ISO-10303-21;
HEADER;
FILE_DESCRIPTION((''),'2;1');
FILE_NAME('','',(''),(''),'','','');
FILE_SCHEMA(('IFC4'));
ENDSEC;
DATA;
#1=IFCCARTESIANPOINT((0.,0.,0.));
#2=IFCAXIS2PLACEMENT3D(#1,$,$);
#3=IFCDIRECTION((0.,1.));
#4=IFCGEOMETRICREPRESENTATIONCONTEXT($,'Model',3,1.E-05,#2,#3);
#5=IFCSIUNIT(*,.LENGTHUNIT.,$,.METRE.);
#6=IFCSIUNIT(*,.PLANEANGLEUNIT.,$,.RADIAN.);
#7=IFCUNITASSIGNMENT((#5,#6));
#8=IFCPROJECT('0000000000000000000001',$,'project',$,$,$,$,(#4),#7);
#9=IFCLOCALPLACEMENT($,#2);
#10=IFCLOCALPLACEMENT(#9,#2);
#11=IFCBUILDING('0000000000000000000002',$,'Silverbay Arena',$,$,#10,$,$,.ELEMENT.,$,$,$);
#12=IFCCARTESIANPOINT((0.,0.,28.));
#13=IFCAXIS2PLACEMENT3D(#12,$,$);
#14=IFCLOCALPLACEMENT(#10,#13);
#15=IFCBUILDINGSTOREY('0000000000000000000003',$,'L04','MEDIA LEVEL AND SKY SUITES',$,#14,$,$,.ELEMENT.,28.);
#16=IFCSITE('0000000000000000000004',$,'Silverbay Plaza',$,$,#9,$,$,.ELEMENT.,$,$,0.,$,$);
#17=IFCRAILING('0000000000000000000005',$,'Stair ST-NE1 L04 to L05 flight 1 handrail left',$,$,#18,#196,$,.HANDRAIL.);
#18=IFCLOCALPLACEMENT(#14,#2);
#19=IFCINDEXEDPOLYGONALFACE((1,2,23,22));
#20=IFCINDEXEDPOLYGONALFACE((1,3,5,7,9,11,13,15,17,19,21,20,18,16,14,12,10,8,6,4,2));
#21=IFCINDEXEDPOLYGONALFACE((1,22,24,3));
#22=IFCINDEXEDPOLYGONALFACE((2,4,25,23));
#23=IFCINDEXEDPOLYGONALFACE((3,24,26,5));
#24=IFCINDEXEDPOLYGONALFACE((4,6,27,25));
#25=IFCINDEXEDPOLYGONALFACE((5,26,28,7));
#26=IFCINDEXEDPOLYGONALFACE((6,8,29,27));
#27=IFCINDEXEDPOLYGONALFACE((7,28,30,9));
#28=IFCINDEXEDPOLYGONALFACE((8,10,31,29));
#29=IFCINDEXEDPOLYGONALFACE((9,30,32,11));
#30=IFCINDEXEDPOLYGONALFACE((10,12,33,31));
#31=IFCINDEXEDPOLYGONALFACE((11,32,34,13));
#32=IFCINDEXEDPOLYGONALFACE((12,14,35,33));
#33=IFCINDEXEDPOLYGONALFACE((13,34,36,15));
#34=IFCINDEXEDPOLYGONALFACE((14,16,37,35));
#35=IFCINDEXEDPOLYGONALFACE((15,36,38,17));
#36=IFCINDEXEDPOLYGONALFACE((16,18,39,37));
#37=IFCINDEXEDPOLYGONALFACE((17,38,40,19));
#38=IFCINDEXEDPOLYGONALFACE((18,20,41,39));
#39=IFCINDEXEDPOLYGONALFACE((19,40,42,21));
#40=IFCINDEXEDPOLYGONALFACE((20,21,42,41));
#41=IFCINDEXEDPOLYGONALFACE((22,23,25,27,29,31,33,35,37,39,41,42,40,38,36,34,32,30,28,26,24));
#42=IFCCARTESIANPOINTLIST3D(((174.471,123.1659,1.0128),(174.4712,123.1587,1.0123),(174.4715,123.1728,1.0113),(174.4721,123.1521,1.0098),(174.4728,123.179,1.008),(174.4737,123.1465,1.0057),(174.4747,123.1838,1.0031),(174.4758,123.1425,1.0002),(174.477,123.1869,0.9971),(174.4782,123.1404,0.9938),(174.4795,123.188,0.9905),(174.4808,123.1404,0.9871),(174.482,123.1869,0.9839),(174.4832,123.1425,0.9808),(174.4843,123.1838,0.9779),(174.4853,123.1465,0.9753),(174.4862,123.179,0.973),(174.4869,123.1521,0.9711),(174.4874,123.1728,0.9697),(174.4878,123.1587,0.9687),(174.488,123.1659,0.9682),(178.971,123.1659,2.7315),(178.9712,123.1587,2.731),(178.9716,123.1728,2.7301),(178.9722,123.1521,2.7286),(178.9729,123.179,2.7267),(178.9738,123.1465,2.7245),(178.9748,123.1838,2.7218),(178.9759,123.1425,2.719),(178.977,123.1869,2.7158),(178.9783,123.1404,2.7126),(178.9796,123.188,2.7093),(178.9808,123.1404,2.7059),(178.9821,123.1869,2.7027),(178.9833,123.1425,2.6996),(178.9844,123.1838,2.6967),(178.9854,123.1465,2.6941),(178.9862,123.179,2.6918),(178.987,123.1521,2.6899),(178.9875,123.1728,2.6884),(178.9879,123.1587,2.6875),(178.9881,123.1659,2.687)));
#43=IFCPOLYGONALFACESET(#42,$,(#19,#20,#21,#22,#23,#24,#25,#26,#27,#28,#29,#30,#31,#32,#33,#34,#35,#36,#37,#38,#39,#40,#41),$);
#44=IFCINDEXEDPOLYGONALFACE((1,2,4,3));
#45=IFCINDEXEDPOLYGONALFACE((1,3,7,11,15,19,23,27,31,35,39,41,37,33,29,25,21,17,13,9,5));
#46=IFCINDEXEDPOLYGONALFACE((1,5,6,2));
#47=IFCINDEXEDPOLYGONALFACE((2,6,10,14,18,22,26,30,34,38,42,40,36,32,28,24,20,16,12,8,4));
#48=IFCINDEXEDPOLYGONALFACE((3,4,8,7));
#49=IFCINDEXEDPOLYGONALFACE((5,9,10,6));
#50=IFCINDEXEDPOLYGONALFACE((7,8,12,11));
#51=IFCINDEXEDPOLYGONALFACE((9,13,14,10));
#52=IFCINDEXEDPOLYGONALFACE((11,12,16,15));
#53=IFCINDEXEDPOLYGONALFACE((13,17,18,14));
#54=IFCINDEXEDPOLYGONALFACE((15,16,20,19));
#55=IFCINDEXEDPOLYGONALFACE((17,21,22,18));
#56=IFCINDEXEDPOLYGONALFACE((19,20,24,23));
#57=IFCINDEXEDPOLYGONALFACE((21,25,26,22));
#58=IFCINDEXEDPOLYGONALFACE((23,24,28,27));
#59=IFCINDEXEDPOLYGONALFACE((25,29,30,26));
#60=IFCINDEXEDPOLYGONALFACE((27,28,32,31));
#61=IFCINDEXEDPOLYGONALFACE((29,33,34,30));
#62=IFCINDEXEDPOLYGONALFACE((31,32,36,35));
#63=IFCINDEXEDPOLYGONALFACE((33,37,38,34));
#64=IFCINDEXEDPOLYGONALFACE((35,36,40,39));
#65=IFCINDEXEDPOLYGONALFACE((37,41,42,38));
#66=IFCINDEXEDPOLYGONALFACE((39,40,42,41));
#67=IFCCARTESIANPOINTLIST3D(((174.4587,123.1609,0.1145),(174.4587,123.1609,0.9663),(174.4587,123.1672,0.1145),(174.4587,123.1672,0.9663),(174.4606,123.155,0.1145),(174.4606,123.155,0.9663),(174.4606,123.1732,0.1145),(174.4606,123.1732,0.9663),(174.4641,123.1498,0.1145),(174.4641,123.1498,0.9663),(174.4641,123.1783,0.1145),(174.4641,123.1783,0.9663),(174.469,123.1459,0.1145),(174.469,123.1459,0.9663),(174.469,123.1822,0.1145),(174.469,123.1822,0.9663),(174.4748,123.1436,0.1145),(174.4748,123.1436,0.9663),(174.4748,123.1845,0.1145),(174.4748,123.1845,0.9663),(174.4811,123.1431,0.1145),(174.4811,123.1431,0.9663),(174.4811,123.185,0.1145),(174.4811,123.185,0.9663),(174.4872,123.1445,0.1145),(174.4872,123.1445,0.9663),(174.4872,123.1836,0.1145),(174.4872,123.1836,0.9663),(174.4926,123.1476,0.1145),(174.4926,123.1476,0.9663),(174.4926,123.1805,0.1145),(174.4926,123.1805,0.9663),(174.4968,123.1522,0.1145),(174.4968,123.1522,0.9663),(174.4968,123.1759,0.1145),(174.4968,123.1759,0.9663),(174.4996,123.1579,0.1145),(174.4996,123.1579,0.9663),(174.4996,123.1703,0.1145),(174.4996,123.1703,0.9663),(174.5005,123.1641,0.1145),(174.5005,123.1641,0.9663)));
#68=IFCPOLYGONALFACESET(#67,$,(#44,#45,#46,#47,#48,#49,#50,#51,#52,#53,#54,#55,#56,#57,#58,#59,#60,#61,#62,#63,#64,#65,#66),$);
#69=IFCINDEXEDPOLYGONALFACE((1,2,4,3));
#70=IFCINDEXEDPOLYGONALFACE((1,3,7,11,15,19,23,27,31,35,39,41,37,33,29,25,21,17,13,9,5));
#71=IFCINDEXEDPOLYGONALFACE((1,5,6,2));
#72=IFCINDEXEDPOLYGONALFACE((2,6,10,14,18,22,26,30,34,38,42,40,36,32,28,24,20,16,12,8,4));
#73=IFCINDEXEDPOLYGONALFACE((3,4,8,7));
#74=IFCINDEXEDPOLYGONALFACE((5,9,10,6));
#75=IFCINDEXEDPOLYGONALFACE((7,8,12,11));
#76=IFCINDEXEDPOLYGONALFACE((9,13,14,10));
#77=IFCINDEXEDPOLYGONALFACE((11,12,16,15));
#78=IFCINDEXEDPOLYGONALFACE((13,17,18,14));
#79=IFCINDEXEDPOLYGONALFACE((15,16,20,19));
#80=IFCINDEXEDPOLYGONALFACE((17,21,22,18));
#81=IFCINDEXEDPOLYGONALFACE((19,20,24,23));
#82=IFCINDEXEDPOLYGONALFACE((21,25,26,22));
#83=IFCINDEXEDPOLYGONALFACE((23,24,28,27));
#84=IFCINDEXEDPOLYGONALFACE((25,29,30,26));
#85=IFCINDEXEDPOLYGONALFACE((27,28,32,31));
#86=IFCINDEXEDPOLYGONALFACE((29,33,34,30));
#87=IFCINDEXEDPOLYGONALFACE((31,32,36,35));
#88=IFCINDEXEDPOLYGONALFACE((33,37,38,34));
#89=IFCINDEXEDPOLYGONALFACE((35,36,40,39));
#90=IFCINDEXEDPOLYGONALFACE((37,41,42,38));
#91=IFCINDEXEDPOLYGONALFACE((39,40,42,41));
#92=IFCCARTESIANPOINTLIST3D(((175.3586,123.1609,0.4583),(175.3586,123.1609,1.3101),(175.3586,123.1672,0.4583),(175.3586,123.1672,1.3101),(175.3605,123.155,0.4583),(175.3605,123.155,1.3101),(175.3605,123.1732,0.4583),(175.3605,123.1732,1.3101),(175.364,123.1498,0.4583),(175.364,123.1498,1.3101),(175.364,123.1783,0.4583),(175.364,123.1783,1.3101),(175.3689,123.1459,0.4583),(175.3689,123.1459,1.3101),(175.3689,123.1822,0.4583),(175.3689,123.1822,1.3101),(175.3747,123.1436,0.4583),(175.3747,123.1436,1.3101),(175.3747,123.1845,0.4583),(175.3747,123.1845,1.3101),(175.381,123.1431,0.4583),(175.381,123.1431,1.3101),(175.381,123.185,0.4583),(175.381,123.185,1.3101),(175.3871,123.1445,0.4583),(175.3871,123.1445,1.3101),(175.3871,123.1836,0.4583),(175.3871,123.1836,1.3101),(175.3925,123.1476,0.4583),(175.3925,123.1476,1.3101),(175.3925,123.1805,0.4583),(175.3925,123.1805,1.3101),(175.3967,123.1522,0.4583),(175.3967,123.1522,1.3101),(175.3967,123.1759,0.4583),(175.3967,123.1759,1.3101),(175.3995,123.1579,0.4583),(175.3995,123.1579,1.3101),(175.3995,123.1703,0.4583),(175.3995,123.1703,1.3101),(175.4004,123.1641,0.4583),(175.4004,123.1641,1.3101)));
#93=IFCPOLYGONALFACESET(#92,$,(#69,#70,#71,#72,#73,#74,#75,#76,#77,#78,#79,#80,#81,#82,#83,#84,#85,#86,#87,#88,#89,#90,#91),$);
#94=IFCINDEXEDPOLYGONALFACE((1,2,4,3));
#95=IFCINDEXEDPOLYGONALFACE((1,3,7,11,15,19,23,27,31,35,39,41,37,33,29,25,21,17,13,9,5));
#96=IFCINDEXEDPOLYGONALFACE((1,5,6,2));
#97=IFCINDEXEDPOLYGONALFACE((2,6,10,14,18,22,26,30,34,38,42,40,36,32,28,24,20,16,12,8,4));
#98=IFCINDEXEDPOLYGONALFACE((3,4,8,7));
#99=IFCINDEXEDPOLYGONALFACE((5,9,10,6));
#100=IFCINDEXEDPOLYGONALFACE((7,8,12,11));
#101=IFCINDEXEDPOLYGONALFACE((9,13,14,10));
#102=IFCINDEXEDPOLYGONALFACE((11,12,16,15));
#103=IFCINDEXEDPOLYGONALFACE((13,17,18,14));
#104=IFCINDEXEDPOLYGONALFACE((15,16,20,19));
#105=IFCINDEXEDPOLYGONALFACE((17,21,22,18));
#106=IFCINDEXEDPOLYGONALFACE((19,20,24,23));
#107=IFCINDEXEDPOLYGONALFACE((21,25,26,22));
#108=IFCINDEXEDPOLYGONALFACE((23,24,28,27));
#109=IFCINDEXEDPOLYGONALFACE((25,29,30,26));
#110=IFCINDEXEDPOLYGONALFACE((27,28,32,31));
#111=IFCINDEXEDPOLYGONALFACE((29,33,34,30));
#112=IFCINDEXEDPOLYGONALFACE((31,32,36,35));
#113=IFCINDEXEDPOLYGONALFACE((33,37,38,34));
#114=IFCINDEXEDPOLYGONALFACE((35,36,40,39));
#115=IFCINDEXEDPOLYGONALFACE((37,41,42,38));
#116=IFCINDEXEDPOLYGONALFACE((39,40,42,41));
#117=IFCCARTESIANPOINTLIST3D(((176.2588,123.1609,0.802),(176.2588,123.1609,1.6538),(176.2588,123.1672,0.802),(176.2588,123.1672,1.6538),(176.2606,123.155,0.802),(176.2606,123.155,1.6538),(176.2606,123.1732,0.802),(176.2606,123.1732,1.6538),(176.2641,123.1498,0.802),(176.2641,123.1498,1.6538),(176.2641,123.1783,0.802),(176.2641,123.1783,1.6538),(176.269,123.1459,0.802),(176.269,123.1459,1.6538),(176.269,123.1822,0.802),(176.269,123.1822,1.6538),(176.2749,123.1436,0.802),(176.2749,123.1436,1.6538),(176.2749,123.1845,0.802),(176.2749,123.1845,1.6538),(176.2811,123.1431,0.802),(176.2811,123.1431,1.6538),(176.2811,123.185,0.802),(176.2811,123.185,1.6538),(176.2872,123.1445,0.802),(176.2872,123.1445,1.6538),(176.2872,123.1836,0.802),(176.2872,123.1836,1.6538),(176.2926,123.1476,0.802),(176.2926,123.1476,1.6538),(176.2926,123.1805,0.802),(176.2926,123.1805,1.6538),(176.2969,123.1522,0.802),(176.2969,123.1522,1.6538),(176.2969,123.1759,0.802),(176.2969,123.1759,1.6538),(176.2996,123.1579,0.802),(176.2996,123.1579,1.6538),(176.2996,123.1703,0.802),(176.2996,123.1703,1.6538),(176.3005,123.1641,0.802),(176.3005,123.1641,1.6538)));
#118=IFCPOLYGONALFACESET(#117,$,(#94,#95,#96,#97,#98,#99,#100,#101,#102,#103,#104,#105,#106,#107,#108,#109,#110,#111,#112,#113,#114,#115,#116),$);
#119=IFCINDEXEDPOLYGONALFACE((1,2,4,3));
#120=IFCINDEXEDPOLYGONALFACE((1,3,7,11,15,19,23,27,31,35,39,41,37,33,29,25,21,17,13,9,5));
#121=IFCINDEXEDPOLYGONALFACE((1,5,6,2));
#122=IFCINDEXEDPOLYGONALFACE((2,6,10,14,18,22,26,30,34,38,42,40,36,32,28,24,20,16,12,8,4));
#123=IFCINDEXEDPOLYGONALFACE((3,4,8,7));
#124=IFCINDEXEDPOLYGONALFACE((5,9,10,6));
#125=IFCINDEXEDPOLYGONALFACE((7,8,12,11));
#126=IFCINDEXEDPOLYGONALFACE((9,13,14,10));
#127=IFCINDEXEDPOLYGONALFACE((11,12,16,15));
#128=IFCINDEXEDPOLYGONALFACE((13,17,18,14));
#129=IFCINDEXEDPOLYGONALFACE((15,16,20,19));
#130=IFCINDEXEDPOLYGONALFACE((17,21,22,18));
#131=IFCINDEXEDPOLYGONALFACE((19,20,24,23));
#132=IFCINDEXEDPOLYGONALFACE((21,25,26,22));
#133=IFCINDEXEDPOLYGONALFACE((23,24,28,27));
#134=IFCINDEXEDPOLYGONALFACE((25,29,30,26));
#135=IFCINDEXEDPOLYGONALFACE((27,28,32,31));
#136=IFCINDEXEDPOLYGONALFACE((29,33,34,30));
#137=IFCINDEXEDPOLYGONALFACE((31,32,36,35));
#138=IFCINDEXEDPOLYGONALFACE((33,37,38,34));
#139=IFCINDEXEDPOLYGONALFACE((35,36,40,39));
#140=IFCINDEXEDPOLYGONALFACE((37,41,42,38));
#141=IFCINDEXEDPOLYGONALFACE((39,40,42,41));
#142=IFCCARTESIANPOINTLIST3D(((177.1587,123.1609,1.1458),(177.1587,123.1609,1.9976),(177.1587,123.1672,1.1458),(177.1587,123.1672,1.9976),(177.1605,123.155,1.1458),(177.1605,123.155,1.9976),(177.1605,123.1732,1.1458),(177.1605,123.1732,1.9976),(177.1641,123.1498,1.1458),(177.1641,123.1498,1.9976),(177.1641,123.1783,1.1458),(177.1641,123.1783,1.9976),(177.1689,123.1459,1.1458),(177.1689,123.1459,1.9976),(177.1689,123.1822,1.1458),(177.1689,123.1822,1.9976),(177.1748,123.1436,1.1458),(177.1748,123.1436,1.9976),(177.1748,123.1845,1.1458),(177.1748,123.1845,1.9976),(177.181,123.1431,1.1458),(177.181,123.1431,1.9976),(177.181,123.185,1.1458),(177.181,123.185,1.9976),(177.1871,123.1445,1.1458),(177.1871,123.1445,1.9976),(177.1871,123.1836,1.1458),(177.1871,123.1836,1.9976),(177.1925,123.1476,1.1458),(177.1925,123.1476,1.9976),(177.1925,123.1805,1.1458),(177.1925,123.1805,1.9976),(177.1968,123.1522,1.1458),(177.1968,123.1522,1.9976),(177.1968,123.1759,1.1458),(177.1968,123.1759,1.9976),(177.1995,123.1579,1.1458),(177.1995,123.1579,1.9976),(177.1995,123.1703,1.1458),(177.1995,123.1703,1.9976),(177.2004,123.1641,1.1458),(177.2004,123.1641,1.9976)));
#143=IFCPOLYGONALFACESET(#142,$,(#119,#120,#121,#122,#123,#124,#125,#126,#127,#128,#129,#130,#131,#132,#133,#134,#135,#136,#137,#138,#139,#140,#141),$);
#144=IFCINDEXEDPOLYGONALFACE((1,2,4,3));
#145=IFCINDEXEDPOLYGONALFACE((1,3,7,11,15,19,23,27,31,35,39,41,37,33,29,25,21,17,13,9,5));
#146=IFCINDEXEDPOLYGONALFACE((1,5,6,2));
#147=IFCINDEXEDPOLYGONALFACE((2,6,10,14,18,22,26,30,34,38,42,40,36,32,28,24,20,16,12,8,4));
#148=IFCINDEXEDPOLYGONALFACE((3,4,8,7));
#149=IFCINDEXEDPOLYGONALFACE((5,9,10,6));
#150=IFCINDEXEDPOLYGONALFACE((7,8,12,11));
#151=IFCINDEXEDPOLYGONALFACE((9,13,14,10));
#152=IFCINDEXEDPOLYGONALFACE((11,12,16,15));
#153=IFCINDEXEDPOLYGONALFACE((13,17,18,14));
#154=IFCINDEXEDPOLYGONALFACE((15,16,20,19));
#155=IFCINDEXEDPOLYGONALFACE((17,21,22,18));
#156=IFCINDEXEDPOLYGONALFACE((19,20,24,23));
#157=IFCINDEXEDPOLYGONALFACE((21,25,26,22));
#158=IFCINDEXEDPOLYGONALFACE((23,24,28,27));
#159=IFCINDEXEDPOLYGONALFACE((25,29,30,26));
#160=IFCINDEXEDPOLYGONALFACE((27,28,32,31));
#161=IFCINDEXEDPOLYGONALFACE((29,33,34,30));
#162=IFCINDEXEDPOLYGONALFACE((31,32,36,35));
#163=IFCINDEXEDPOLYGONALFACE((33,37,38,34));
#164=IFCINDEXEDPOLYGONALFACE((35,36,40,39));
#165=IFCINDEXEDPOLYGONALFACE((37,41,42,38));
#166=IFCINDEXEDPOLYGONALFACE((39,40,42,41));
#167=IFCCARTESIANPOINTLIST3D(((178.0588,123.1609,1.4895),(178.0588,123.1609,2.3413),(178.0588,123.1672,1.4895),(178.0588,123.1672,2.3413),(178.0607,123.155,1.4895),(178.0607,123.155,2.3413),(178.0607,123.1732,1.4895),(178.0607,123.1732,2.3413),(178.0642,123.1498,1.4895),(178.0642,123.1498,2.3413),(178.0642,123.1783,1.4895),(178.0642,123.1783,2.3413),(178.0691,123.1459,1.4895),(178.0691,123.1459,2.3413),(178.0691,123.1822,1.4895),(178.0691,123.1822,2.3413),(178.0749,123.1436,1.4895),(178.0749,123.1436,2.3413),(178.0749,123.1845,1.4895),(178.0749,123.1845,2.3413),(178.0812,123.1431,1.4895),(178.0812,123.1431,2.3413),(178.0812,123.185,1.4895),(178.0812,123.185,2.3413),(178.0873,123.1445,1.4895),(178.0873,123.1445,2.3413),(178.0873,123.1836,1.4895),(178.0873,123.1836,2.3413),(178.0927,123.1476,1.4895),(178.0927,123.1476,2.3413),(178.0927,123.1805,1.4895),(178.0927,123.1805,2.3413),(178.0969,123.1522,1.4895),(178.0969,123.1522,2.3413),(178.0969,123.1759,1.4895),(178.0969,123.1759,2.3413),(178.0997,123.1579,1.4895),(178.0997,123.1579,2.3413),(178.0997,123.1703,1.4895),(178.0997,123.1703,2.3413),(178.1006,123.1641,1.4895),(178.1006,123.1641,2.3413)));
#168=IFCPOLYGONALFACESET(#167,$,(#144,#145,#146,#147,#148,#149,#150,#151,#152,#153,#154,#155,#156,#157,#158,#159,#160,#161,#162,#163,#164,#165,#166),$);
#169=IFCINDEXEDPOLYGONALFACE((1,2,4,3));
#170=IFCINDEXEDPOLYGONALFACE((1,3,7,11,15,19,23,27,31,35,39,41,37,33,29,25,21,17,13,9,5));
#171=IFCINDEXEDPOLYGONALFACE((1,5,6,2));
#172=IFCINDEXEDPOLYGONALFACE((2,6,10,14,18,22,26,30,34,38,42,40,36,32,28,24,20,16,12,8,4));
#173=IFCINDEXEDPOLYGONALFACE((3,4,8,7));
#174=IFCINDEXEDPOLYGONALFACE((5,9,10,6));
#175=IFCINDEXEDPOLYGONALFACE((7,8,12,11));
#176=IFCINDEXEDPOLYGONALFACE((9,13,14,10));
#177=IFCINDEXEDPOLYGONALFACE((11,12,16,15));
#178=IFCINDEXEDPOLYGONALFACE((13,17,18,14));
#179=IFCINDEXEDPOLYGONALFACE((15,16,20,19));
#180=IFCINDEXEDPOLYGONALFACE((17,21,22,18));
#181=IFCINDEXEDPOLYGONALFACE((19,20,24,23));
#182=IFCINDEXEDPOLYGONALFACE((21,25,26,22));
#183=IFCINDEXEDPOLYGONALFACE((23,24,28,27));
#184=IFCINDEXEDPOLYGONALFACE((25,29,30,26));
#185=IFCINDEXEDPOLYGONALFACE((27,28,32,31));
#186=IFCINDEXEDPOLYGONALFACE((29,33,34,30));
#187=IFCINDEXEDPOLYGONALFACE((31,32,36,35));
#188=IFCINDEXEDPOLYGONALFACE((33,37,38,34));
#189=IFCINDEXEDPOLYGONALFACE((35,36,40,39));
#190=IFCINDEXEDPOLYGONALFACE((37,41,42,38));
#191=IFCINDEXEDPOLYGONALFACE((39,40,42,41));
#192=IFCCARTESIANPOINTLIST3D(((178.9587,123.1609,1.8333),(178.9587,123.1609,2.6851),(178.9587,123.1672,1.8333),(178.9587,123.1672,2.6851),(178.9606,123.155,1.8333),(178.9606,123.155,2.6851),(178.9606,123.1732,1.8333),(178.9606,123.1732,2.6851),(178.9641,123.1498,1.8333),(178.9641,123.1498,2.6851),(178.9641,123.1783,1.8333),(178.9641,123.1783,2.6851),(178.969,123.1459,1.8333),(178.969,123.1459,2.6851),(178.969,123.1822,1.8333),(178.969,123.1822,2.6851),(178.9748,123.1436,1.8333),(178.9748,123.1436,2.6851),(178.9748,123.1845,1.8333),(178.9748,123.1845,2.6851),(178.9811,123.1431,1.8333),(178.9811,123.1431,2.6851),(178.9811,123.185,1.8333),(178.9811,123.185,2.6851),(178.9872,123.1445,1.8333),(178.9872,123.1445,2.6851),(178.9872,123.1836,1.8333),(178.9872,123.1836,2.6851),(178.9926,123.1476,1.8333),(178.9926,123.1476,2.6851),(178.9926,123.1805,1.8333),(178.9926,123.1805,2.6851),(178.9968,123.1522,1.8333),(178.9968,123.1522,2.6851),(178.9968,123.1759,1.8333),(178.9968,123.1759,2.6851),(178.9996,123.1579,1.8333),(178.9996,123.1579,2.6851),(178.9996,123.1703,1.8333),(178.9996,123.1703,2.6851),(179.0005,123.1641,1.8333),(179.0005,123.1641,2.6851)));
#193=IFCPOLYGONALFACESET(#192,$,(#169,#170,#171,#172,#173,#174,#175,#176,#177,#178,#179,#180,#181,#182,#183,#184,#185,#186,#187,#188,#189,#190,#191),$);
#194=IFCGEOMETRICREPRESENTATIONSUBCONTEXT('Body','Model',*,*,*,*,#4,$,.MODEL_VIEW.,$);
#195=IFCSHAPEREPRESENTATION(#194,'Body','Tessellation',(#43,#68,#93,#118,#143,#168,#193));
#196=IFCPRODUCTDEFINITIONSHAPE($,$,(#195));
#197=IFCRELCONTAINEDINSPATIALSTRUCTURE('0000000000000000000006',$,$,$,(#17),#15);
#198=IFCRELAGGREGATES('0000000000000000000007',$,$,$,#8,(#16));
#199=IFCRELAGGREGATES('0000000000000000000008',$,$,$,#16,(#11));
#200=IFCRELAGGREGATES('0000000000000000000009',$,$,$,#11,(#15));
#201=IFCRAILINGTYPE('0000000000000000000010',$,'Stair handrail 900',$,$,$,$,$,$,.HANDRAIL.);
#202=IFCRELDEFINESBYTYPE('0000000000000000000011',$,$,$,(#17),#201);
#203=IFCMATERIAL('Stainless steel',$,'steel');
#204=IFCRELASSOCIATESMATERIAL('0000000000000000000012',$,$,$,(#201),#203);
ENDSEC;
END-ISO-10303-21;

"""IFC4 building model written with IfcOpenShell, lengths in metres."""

from ifc_helpers import new_model, si_unit, direction, frame, origin, origin_2d, place, context, subcontext, project, spatial, circle, extrude, material, type_object, element, save


model = new_model("IFC4")

# Units and contexts
model_context = context("Model", 3, precision=1e-05, world=origin(), true_north=direction((0.0, 1.0)))
body_context = subcontext(model_context, "Body", "Model", "MODEL_VIEW")
ifc_project = project(units=[si_unit("LENGTHUNIT", "METRE"), si_unit("PLANEANGLEUNIT", "RADIAN")], contexts=[model_context])

# Site, building, storey
site_placement = place(None, origin())
site = spatial("IfcSite", under=ifc_project, at=site_placement, Name="Silverbay Plaza", CompositionType="ELEMENT", RefElevation=0.0)
building_placement = place(site_placement, origin())
building = spatial("IfcBuilding", under=site, at=building_placement, Name="Silverbay Arena", CompositionType="ELEMENT")
storey_placement = place(building_placement, frame((0.0, 0.0, 28.0)))
storey = spatial("IfcBuildingStorey", under=building, at=storey_placement, Name="L04", Description="MEDIA LEVEL AND SKY SUITES", CompositionType="ELEMENT", Elevation=28.0)

# Railing
ifc_material_1 = material(Name="Stainless steel", Category="steel")
railing_type_1 = type_object("IfcRailingType", Name="Stair handrail 900", PredefinedType="HANDRAIL", material=ifc_material_1)
for number, where, name in (
    (1, (174.4795, 123.1641, 0.1145), "Stair ST-NE1 L04 to L05 flight 1 handrail left"),
):
    element("IfcRailing", number, at=place(storey_placement, frame(where)), inside=storey, type_object=railing_type_1, Name=name, PredefinedType="HANDRAIL", context=body_context, shape_type="SweptSolid", body=[
        extrude(circle(Radius=0.0239, at=origin_2d()), frame((0.0, 0.0, 0.876), z_axis=(0.934179, 0.0, 0.356805), x_axis=(0.0, 1.0, 0.0)), (0.0, 0.0, 1.0), 4.8171),
        extrude(circle(Radius=0.021, at=origin_2d()), origin(), (0.0, 0.0, 1.0), 0.8518),
        extrude(circle(Radius=0.021, at=origin_2d()), frame((0.8999, 0.0, 0.3438)), (0.0, 0.0, 1.0), 0.8518),
        extrude(circle(Radius=0.021, at=origin_2d()), frame((1.8, 0.0, 0.6875)), (0.0, 0.0, 1.0), 0.8518),
        extrude(circle(Radius=0.021, at=origin_2d()), frame((2.7, 0.0, 1.0312)), (0.0, 0.0, 1.0), 0.8518),
        extrude(circle(Radius=0.021, at=origin_2d()), frame((3.6001, 0.0, 1.375)), (0.0, 0.0, 1.0), 0.8518),
        extrude(circle(Radius=0.021, at=origin_2d()), frame((4.5, 0.0, 1.7188)), (0.0, 0.0, 1.0), 0.8518),
    ])

save(model, "model.ifc")
